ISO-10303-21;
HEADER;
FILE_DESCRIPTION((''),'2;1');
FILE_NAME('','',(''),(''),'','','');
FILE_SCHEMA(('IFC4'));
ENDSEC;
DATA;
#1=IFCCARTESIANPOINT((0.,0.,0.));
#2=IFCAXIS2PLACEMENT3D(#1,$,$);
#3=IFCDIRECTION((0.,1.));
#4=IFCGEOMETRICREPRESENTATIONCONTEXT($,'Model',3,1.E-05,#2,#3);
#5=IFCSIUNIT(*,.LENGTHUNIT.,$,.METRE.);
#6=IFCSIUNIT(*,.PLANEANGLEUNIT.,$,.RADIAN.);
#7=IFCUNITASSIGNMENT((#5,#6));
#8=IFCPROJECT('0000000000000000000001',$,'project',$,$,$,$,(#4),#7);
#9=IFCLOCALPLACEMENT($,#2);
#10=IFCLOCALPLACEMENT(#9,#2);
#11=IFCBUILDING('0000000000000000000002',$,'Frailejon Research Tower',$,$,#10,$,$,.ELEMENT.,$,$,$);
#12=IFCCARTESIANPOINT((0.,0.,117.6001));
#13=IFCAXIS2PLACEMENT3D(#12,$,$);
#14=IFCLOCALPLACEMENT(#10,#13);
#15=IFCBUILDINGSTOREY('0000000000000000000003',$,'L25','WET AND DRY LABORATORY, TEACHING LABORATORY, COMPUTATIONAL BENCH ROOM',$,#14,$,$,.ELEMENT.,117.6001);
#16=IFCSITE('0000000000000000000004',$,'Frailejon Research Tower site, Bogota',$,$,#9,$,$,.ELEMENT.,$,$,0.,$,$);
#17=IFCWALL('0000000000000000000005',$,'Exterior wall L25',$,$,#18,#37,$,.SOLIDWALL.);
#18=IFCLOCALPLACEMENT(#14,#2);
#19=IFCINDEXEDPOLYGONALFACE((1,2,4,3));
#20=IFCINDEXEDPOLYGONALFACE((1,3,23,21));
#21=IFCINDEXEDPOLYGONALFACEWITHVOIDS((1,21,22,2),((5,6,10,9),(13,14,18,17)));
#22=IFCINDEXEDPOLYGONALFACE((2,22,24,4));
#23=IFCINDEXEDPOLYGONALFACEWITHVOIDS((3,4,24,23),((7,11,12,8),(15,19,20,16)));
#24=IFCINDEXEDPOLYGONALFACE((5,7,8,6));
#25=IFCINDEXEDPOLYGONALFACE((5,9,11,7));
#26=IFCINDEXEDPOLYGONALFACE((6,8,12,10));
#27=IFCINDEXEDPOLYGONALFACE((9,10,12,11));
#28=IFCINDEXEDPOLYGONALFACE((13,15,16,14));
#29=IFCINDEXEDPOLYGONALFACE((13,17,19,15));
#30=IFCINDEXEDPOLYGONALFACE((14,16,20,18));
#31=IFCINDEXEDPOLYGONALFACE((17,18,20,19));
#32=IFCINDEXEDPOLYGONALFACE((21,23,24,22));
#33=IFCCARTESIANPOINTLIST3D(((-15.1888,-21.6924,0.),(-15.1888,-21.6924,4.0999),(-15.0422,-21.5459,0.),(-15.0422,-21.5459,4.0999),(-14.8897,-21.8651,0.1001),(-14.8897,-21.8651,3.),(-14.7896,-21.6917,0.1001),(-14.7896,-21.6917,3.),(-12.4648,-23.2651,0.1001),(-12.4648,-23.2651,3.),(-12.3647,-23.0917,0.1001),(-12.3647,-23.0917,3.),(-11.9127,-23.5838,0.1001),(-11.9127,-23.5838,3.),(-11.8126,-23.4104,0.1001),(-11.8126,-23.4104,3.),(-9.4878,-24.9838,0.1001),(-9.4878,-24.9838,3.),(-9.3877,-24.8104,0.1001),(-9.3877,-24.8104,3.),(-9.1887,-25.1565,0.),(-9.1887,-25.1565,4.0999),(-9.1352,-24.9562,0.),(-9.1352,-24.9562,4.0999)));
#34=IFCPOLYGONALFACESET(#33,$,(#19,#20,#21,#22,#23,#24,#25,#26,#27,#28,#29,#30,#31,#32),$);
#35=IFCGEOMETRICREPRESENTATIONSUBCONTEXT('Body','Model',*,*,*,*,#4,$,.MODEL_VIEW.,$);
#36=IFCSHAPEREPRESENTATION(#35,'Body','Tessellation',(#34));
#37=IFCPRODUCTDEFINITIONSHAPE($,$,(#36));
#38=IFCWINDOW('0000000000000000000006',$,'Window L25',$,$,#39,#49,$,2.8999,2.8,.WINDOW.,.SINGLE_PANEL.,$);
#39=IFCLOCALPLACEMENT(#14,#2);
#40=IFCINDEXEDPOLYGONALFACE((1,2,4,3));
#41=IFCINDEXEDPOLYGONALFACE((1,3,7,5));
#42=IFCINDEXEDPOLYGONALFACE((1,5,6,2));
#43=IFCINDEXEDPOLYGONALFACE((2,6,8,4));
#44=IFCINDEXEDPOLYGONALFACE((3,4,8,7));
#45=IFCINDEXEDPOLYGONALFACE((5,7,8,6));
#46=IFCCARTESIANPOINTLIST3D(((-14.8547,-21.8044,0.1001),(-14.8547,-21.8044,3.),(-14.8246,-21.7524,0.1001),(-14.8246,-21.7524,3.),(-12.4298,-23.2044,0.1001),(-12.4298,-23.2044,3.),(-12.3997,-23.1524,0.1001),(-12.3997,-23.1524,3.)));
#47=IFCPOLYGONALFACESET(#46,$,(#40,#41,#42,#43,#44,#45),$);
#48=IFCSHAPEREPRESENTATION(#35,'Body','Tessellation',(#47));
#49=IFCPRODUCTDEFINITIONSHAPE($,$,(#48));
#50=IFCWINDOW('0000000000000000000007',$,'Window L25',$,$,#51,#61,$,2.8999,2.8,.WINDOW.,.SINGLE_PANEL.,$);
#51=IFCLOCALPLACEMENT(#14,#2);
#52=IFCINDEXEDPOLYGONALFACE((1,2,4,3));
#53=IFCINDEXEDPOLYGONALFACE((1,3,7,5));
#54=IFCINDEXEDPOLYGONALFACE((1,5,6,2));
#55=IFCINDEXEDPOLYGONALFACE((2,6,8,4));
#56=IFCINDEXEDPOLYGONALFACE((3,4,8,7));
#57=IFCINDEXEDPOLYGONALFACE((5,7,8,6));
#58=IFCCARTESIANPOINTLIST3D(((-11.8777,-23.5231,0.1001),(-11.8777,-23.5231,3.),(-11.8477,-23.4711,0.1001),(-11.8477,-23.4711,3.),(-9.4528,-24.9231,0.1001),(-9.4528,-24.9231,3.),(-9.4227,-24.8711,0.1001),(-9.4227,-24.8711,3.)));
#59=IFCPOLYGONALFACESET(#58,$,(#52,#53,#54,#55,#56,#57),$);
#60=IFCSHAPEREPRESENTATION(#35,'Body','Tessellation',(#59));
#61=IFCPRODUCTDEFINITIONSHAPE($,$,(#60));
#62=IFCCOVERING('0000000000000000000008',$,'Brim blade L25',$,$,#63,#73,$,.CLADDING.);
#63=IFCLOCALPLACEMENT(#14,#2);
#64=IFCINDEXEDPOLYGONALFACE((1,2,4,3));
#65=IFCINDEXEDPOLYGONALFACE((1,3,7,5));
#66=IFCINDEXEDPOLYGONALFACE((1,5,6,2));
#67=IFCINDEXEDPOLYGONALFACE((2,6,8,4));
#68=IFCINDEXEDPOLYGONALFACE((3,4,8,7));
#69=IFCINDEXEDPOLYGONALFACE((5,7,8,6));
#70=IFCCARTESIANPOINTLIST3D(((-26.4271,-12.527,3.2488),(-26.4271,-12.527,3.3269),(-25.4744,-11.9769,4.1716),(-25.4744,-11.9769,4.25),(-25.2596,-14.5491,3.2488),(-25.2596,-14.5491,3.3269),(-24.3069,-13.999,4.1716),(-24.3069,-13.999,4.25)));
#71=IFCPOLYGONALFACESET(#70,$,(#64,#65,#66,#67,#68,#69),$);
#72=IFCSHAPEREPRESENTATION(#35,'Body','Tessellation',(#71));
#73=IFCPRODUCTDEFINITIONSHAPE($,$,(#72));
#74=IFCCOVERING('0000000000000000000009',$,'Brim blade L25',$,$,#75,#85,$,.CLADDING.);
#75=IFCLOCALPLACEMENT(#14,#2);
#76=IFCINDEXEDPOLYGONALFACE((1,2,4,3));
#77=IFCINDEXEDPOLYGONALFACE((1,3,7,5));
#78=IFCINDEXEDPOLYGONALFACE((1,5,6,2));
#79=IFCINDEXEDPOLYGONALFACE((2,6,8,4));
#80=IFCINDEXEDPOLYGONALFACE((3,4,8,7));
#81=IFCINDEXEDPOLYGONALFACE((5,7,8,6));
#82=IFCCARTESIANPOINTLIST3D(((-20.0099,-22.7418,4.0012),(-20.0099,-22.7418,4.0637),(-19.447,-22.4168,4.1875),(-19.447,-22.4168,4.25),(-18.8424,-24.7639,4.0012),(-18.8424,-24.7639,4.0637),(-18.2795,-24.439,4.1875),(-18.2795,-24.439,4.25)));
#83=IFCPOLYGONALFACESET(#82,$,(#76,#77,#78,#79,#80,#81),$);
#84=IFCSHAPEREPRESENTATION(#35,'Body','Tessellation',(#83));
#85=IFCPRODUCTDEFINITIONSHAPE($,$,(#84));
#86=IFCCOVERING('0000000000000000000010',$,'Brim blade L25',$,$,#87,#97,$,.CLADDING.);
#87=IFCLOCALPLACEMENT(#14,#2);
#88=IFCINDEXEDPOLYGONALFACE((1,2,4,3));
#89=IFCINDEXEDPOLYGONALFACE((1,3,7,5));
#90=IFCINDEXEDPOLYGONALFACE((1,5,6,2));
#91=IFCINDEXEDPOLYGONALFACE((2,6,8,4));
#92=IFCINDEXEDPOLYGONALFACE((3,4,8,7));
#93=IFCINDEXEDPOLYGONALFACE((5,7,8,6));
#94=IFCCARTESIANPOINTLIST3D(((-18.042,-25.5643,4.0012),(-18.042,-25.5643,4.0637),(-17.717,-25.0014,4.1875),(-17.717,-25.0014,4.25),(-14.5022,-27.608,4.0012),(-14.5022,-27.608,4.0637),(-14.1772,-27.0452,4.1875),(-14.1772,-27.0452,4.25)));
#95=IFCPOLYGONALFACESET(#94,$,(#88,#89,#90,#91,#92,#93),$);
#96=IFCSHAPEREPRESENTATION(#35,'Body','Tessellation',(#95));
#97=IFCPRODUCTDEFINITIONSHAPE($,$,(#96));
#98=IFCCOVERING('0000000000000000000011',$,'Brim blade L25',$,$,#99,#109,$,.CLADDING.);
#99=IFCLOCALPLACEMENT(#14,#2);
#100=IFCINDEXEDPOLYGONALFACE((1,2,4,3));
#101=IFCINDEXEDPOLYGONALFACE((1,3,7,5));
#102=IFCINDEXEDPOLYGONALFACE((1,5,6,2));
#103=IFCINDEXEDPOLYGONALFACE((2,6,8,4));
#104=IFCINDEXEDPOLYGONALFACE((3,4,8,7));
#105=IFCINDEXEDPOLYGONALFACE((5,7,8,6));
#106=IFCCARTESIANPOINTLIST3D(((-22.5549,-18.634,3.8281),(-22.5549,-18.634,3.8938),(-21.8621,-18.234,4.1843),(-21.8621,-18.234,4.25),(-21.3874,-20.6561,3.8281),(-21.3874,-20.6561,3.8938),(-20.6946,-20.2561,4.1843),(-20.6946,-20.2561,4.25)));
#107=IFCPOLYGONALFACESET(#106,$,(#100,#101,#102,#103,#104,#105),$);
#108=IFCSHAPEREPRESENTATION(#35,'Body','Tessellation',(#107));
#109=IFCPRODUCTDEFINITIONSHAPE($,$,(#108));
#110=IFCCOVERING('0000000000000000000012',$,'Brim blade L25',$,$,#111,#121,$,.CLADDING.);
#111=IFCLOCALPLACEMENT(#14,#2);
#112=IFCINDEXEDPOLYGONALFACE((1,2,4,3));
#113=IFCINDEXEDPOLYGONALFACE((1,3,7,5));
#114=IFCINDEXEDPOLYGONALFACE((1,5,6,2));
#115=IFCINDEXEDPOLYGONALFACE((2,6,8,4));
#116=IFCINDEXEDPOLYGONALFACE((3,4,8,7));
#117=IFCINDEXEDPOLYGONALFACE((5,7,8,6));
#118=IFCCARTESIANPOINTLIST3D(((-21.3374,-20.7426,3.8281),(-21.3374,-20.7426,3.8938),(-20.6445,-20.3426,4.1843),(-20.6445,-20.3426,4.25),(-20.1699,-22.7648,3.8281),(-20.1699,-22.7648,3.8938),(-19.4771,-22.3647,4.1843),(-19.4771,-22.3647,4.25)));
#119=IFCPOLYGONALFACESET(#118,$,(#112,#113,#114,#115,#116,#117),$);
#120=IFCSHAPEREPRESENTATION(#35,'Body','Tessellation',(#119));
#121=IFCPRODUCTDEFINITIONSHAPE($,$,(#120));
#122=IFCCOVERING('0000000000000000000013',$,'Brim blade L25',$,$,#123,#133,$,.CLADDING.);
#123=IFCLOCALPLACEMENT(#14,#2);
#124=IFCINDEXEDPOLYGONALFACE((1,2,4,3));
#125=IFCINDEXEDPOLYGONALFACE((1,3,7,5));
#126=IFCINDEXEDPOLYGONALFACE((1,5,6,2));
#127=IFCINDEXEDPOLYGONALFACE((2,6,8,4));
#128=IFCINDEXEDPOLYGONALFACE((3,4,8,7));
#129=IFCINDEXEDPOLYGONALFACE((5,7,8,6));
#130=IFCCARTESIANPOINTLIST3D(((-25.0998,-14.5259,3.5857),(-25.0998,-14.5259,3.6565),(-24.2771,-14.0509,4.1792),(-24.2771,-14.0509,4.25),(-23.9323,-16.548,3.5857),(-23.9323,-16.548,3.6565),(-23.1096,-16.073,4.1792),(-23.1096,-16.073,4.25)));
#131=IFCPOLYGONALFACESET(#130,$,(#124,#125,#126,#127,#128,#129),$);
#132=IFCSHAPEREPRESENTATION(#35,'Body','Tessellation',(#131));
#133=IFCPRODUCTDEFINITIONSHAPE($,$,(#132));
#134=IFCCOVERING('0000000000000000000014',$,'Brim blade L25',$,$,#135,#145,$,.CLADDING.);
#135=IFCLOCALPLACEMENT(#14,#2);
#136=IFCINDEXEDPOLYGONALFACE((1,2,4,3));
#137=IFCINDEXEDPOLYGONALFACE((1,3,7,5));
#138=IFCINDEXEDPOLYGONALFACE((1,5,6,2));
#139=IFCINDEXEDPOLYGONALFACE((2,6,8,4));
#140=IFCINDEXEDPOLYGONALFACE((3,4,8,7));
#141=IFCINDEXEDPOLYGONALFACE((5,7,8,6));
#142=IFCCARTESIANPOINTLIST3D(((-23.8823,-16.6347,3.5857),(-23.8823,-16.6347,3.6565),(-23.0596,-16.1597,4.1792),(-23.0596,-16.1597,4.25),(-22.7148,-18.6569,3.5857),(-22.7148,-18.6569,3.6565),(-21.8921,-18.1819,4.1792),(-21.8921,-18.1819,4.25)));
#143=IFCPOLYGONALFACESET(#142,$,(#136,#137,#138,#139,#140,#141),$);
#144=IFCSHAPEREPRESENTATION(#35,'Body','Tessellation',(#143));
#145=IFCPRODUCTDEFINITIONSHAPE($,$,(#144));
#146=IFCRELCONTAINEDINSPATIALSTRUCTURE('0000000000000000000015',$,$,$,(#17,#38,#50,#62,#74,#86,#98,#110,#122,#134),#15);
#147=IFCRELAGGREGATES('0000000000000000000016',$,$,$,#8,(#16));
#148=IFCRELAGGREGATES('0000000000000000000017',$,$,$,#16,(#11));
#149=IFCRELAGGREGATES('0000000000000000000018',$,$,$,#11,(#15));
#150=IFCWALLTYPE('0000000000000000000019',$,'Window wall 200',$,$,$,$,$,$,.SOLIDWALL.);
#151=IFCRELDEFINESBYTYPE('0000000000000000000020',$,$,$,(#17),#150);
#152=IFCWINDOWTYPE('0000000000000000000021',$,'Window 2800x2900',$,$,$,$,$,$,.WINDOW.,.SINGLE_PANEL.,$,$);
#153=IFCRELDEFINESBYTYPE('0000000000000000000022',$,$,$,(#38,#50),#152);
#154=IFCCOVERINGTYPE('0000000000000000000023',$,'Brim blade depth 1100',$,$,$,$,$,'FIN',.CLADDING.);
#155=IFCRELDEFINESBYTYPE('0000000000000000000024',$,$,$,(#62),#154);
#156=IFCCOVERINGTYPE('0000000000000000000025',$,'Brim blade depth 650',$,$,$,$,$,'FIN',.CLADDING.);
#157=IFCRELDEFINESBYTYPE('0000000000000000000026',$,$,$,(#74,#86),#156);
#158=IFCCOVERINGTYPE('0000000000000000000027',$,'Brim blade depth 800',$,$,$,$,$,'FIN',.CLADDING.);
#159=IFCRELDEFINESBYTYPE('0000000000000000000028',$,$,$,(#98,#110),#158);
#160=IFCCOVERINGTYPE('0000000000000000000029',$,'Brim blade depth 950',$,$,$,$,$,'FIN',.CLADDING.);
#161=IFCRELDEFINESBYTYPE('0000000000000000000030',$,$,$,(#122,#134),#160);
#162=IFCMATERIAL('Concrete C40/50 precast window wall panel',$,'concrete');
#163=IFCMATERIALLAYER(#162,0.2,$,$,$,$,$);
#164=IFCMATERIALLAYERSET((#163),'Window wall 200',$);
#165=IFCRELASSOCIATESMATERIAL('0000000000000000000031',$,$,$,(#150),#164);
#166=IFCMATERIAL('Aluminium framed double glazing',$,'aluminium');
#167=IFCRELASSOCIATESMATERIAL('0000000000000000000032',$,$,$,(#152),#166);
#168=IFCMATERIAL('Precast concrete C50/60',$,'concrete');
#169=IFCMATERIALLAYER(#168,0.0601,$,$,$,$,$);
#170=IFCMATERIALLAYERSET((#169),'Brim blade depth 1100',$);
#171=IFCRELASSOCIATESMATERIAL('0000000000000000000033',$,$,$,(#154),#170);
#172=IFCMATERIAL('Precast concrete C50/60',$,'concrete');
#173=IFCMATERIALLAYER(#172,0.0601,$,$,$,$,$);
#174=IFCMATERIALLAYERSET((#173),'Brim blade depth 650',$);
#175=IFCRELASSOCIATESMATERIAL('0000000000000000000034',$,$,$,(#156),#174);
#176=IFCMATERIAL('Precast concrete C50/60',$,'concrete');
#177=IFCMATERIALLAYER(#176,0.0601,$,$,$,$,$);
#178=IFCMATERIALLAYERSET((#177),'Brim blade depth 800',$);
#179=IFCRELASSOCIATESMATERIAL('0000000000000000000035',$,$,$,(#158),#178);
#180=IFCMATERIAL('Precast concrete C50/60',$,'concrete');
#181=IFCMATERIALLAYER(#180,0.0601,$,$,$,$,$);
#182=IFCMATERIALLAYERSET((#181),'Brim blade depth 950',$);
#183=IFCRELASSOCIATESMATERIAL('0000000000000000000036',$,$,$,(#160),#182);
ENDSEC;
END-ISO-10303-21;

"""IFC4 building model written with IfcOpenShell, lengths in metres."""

from ifc_helpers import new_model, si_unit, direction, frame, frame_2d, origin, place, context, subcontext, project, spatial, polyline, rectangle, outline, extrude, material, layer, layer_set, type_object, element, fill, save


model = new_model("IFC4")

# Units and contexts
model_context = context("Model", 3, precision=1e-05, world=origin(), true_north=direction((0.0, 1.0)))
body_context = subcontext(model_context, "Body", "Model", "MODEL_VIEW")
ifc_project = project(units=[si_unit("LENGTHUNIT", "METRE"), si_unit("PLANEANGLEUNIT", "RADIAN")], contexts=[model_context])

# Site, building, storey
site_placement = place(None, origin())
site = spatial("IfcSite", under=ifc_project, at=site_placement, Name="Frailejon Research Tower site, Bogota", CompositionType="ELEMENT", RefElevation=0.0)
building_placement = place(site_placement, origin())
building = spatial("IfcBuilding", under=site, at=building_placement, Name="Frailejon Research Tower", CompositionType="ELEMENT")
storey_placement = place(building_placement, frame((0.0, 0.0, 117.6001)))
storey = spatial("IfcBuildingStorey", under=building, at=storey_placement, Name="L25", Description="WET AND DRY LABORATORY, TEACHING LABORATORY, COMPUTATIONAL BENCH ROOM", CompositionType="ELEMENT", Elevation=117.6001)

# Wall, openings, windows
ifc_material_1 = material(Name="Concrete C40/50 precast window wall panel", Category="concrete")
ifc_layer_1 = layer(ifc_material_1, 0.2)
ifc_layer_set_1 = layer_set([ifc_layer_1], Name="Window wall 200")
wall_type_1 = type_object("IfcWallType", Name="Window wall 200", PredefinedType="SOLIDWALL", material=ifc_layer_set_1)
wall_1_placement = place(storey_placement, frame((-15.1155, -21.6191, 0.0), z_axis=(0.0, 0.0, 1.0), x_axis=(0.866029, -0.499993, 0.0)))
wall_1 = element("IfcWall", 1, at=wall_1_placement, inside=storey, type_object=wall_type_1, Name="Exterior wall L25", PredefinedType="SOLIDWALL", context=body_context, shape_type="SweptSolid", body=[
    extrude(outline(polyline([(-0.0269, -0.1001), (1.1279, -0.1001), (2.2825, -0.1001), (3.4373, -0.1001), (4.592, -0.1001), (5.7466, -0.1001), (6.9014, -0.1001), (6.8477, 0.1001), (5.7109, 0.1001), (4.574, 0.1001), (3.4373, 0.1001), (2.3005, 0.1001), (1.1636, 0.1001), (0.0269, 0.1001), (-0.0269, -0.1001)])), origin(), (0.0, 0.0, 1.0), 4.0999),
])
opening_1_placement = place(wall_1_placement, frame((0.3186, 0.0, 0.1001)))
opening_1 = element("IfcOpeningElement", 2, at=opening_1_placement, cuts=wall_1, PredefinedType="OPENING", context=body_context, shape_type="SweptSolid", body=[
    extrude(rectangle(XDim=2.8, YDim=2.8999, at=frame_2d((1.3999, 1.45))), frame((0.0, 0.1099, 0.0), z_axis=(0.0, -1.0, 0.0), x_axis=(1.0, 0.0, 0.0)), (0.0, 0.0, 1.0), 0.22),
])
opening_2_placement = place(wall_1_placement, frame((3.7561, 0.0, 0.1001)))
opening_2 = element("IfcOpeningElement", 3, at=opening_2_placement, cuts=wall_1, PredefinedType="OPENING", context=body_context, shape_type="SweptSolid", body=[
    extrude(rectangle(XDim=2.8, YDim=2.8999, at=frame_2d((1.3999, 1.45))), frame((0.0, 0.1099, 0.0), z_axis=(0.0, -1.0, 0.0), x_axis=(1.0, 0.0, 0.0)), (0.0, 0.0, 1.0), 0.22),
])
ifc_material_2 = material(Name="Aluminium framed double glazing", Category="aluminium")
window_type = type_object("IfcWindowType", Name="Window 2800x2900", PartitioningType="SINGLE_PANEL", PredefinedType="WINDOW", material=ifc_material_2)
window_1_placement = place(opening_1_placement, origin())
window_1 = element("IfcWindow", 4, at=window_1_placement, inside=storey, type_object=window_type, Name="Window L25", OverallHeight=2.8999, OverallWidth=2.8, PartitioningType="SINGLE_PANEL", PredefinedType="WINDOW", context=body_context, shape_type="SweptSolid", body=[
    extrude(rectangle(XDim=2.8, YDim=2.8999, at=frame_2d((1.3999, 1.45))), frame((0.0, 0.03, 0.0), z_axis=(0.0, -1.0, 0.0), x_axis=(1.0, 0.0, 0.0)), (0.0, 0.0, 1.0), 0.0601),
])
fill(opening_1, window_1)
window_2_placement = place(opening_2_placement, origin())
window_2 = element("IfcWindow", 5, at=window_2_placement, inside=storey, type_object=window_type, Name="Window L25", OverallHeight=2.8999, OverallWidth=2.8, PartitioningType="SINGLE_PANEL", PredefinedType="WINDOW", context=body_context, shape_type="SweptSolid", body=[
    extrude(rectangle(XDim=2.8, YDim=2.8999, at=frame_2d((1.3999, 1.45))), frame((0.0, 0.03, 0.0), z_axis=(0.0, -1.0, 0.0), x_axis=(1.0, 0.0, 0.0)), (0.0, 0.0, 1.0), 0.0601),
])
fill(opening_2, window_2)

# Coverings
ifc_material_3 = material(Name="Precast concrete C50/60", Category="concrete")
ifc_layer_2 = layer(ifc_material_3, 0.0601)
ifc_layer_set_2 = layer_set([ifc_layer_2], Name="Brim blade depth 1100")
covering_type_1 = type_object("IfcCoveringType", Name="Brim blade depth 1100", ElementType="FIN", PredefinedType="CLADDING", material=ifc_layer_set_2)
covering_1_placement = place(storey_placement, frame((-24.3069, -13.999, 4.25), z_axis=(-0.500009, 0.86602, 0.0), x_axis=(-0.86602, -0.500009, 0.0)))
element("IfcCovering", 6, at=covering_1_placement, inside=storey, type_object=covering_type_1, Name="Brim blade L25", PredefinedType="CLADDING", context=body_context, shape_type="SweptSolid", body=[
    extrude(outline(polyline([(0.0, -0.0784), (1.1001, -1.0012), (1.1001, -0.9231), (0.0, 0.0), (0.0, -0.0784)])), origin(), (0.0, 0.0, 1.0), 2.335),
])
ifc_material_4 = material(Name="Precast concrete C50/60", Category="concrete")
ifc_layer_3 = layer(ifc_material_4, 0.0601)
ifc_layer_set_3 = layer_set([ifc_layer_3], Name="Brim blade depth 650")
covering_type_2 = type_object("IfcCoveringType", Name="Brim blade depth 650", ElementType="FIN", PredefinedType="CLADDING", material=ifc_layer_set_3)
covering_2_placement = place(storey_placement, frame((-18.2795, -24.439, 4.25), z_axis=(-0.5, 0.866025, 0.0), x_axis=(-0.866025, -0.5, 0.0)))
element("IfcCovering", 7, at=covering_2_placement, inside=storey, type_object=covering_type_2, Name="Brim blade L25", PredefinedType="CLADDING", context=body_context, shape_type="SweptSolid", body=[
    extrude(outline(polyline([(0.0, -0.0625), (0.6499, -0.2488), (0.6499, -0.1863), (0.0, 0.0), (0.0, -0.0625)])), origin(), (0.0, 0.0, 1.0), 2.335),
])
covering_3_placement = place(storey_placement, frame((-14.1772, -27.0452, 4.25), z_axis=(-0.866021, 0.500007, 0.0), x_axis=(-0.500007, -0.866021, 0.0)))
element("IfcCovering", 8, at=covering_3_placement, inside=storey, type_object=covering_type_2, Name="Brim blade L25", PredefinedType="CLADDING", context=body_context, shape_type="SweptSolid", body=[
    extrude(outline(polyline([(0.0, -0.0625), (0.6499, -0.2488), (0.6499, -0.1863), (0.0, 0.0), (0.0, -0.0625)])), origin(), (0.0, 0.0, 1.0), 4.0874),
])
ifc_material_5 = material(Name="Precast concrete C50/60", Category="concrete")
ifc_layer_4 = layer(ifc_material_5, 0.0601)
ifc_layer_set_4 = layer_set([ifc_layer_4], Name="Brim blade depth 800")
covering_type_3 = type_object("IfcCoveringType", Name="Brim blade depth 800", ElementType="FIN", PredefinedType="CLADDING", material=ifc_layer_set_4)
for number, where, z_axis, x_axis, name in (
    (9, (-20.6946, -20.2561, 4.25), (-0.5, 0.866025, 0.0), (-0.866025, -0.5, 0.0), "Brim blade L25"),
    (10, (-19.4771, -22.3647, 4.25), (-0.5, 0.866025, 0.0), (-0.866025, -0.5, 0.0), "Brim blade L25"),
):
    element("IfcCovering", number, at=place(storey_placement, frame(where, z_axis=z_axis, x_axis=x_axis)), inside=storey, type_object=covering_type_3, Name=name, PredefinedType="CLADDING", context=body_context, shape_type="SweptSolid", body=[
        extrude(outline(polyline([(0.0, -0.0657), (0.8, -0.4219), (0.8, -0.3562), (0.0, 0.0), (0.0, -0.0657)])), origin(), (0.0, 0.0, 1.0), 2.335),
    ])
ifc_material_6 = material(Name="Precast concrete C50/60", Category="concrete")
ifc_layer_5 = layer(ifc_material_6, 0.0601)
ifc_layer_set_5 = layer_set([ifc_layer_5], Name="Brim blade depth 950")
covering_type_4 = type_object("IfcCoveringType", Name="Brim blade depth 950", ElementType="FIN", PredefinedType="CLADDING", material=ifc_layer_set_5)
for number, where, z_axis, x_axis, name in (
    (11, (-23.1096, -16.073, 4.25), (-0.500009, 0.86602, 0.0), (-0.86602, -0.500009, 0.0), "Brim blade L25"),
    (12, (-21.8921, -18.1819, 4.25), (-0.5, 0.866025, 0.0), (-0.866025, -0.5, 0.0), "Brim blade L25"),
):
    element("IfcCovering", number, at=place(storey_placement, frame(where, z_axis=z_axis, x_axis=x_axis)), inside=storey, type_object=covering_type_4, Name=name, PredefinedType="CLADDING", context=body_context, shape_type="SweptSolid", body=[
        extrude(outline(polyline([(0.0, -0.0708), (0.95, -0.6643), (0.95, -0.5935), (0.0, 0.0), (0.0, -0.0708)])), origin(), (0.0, 0.0, 1.0), 2.335),
    ])

save(model, "model.ifc")
